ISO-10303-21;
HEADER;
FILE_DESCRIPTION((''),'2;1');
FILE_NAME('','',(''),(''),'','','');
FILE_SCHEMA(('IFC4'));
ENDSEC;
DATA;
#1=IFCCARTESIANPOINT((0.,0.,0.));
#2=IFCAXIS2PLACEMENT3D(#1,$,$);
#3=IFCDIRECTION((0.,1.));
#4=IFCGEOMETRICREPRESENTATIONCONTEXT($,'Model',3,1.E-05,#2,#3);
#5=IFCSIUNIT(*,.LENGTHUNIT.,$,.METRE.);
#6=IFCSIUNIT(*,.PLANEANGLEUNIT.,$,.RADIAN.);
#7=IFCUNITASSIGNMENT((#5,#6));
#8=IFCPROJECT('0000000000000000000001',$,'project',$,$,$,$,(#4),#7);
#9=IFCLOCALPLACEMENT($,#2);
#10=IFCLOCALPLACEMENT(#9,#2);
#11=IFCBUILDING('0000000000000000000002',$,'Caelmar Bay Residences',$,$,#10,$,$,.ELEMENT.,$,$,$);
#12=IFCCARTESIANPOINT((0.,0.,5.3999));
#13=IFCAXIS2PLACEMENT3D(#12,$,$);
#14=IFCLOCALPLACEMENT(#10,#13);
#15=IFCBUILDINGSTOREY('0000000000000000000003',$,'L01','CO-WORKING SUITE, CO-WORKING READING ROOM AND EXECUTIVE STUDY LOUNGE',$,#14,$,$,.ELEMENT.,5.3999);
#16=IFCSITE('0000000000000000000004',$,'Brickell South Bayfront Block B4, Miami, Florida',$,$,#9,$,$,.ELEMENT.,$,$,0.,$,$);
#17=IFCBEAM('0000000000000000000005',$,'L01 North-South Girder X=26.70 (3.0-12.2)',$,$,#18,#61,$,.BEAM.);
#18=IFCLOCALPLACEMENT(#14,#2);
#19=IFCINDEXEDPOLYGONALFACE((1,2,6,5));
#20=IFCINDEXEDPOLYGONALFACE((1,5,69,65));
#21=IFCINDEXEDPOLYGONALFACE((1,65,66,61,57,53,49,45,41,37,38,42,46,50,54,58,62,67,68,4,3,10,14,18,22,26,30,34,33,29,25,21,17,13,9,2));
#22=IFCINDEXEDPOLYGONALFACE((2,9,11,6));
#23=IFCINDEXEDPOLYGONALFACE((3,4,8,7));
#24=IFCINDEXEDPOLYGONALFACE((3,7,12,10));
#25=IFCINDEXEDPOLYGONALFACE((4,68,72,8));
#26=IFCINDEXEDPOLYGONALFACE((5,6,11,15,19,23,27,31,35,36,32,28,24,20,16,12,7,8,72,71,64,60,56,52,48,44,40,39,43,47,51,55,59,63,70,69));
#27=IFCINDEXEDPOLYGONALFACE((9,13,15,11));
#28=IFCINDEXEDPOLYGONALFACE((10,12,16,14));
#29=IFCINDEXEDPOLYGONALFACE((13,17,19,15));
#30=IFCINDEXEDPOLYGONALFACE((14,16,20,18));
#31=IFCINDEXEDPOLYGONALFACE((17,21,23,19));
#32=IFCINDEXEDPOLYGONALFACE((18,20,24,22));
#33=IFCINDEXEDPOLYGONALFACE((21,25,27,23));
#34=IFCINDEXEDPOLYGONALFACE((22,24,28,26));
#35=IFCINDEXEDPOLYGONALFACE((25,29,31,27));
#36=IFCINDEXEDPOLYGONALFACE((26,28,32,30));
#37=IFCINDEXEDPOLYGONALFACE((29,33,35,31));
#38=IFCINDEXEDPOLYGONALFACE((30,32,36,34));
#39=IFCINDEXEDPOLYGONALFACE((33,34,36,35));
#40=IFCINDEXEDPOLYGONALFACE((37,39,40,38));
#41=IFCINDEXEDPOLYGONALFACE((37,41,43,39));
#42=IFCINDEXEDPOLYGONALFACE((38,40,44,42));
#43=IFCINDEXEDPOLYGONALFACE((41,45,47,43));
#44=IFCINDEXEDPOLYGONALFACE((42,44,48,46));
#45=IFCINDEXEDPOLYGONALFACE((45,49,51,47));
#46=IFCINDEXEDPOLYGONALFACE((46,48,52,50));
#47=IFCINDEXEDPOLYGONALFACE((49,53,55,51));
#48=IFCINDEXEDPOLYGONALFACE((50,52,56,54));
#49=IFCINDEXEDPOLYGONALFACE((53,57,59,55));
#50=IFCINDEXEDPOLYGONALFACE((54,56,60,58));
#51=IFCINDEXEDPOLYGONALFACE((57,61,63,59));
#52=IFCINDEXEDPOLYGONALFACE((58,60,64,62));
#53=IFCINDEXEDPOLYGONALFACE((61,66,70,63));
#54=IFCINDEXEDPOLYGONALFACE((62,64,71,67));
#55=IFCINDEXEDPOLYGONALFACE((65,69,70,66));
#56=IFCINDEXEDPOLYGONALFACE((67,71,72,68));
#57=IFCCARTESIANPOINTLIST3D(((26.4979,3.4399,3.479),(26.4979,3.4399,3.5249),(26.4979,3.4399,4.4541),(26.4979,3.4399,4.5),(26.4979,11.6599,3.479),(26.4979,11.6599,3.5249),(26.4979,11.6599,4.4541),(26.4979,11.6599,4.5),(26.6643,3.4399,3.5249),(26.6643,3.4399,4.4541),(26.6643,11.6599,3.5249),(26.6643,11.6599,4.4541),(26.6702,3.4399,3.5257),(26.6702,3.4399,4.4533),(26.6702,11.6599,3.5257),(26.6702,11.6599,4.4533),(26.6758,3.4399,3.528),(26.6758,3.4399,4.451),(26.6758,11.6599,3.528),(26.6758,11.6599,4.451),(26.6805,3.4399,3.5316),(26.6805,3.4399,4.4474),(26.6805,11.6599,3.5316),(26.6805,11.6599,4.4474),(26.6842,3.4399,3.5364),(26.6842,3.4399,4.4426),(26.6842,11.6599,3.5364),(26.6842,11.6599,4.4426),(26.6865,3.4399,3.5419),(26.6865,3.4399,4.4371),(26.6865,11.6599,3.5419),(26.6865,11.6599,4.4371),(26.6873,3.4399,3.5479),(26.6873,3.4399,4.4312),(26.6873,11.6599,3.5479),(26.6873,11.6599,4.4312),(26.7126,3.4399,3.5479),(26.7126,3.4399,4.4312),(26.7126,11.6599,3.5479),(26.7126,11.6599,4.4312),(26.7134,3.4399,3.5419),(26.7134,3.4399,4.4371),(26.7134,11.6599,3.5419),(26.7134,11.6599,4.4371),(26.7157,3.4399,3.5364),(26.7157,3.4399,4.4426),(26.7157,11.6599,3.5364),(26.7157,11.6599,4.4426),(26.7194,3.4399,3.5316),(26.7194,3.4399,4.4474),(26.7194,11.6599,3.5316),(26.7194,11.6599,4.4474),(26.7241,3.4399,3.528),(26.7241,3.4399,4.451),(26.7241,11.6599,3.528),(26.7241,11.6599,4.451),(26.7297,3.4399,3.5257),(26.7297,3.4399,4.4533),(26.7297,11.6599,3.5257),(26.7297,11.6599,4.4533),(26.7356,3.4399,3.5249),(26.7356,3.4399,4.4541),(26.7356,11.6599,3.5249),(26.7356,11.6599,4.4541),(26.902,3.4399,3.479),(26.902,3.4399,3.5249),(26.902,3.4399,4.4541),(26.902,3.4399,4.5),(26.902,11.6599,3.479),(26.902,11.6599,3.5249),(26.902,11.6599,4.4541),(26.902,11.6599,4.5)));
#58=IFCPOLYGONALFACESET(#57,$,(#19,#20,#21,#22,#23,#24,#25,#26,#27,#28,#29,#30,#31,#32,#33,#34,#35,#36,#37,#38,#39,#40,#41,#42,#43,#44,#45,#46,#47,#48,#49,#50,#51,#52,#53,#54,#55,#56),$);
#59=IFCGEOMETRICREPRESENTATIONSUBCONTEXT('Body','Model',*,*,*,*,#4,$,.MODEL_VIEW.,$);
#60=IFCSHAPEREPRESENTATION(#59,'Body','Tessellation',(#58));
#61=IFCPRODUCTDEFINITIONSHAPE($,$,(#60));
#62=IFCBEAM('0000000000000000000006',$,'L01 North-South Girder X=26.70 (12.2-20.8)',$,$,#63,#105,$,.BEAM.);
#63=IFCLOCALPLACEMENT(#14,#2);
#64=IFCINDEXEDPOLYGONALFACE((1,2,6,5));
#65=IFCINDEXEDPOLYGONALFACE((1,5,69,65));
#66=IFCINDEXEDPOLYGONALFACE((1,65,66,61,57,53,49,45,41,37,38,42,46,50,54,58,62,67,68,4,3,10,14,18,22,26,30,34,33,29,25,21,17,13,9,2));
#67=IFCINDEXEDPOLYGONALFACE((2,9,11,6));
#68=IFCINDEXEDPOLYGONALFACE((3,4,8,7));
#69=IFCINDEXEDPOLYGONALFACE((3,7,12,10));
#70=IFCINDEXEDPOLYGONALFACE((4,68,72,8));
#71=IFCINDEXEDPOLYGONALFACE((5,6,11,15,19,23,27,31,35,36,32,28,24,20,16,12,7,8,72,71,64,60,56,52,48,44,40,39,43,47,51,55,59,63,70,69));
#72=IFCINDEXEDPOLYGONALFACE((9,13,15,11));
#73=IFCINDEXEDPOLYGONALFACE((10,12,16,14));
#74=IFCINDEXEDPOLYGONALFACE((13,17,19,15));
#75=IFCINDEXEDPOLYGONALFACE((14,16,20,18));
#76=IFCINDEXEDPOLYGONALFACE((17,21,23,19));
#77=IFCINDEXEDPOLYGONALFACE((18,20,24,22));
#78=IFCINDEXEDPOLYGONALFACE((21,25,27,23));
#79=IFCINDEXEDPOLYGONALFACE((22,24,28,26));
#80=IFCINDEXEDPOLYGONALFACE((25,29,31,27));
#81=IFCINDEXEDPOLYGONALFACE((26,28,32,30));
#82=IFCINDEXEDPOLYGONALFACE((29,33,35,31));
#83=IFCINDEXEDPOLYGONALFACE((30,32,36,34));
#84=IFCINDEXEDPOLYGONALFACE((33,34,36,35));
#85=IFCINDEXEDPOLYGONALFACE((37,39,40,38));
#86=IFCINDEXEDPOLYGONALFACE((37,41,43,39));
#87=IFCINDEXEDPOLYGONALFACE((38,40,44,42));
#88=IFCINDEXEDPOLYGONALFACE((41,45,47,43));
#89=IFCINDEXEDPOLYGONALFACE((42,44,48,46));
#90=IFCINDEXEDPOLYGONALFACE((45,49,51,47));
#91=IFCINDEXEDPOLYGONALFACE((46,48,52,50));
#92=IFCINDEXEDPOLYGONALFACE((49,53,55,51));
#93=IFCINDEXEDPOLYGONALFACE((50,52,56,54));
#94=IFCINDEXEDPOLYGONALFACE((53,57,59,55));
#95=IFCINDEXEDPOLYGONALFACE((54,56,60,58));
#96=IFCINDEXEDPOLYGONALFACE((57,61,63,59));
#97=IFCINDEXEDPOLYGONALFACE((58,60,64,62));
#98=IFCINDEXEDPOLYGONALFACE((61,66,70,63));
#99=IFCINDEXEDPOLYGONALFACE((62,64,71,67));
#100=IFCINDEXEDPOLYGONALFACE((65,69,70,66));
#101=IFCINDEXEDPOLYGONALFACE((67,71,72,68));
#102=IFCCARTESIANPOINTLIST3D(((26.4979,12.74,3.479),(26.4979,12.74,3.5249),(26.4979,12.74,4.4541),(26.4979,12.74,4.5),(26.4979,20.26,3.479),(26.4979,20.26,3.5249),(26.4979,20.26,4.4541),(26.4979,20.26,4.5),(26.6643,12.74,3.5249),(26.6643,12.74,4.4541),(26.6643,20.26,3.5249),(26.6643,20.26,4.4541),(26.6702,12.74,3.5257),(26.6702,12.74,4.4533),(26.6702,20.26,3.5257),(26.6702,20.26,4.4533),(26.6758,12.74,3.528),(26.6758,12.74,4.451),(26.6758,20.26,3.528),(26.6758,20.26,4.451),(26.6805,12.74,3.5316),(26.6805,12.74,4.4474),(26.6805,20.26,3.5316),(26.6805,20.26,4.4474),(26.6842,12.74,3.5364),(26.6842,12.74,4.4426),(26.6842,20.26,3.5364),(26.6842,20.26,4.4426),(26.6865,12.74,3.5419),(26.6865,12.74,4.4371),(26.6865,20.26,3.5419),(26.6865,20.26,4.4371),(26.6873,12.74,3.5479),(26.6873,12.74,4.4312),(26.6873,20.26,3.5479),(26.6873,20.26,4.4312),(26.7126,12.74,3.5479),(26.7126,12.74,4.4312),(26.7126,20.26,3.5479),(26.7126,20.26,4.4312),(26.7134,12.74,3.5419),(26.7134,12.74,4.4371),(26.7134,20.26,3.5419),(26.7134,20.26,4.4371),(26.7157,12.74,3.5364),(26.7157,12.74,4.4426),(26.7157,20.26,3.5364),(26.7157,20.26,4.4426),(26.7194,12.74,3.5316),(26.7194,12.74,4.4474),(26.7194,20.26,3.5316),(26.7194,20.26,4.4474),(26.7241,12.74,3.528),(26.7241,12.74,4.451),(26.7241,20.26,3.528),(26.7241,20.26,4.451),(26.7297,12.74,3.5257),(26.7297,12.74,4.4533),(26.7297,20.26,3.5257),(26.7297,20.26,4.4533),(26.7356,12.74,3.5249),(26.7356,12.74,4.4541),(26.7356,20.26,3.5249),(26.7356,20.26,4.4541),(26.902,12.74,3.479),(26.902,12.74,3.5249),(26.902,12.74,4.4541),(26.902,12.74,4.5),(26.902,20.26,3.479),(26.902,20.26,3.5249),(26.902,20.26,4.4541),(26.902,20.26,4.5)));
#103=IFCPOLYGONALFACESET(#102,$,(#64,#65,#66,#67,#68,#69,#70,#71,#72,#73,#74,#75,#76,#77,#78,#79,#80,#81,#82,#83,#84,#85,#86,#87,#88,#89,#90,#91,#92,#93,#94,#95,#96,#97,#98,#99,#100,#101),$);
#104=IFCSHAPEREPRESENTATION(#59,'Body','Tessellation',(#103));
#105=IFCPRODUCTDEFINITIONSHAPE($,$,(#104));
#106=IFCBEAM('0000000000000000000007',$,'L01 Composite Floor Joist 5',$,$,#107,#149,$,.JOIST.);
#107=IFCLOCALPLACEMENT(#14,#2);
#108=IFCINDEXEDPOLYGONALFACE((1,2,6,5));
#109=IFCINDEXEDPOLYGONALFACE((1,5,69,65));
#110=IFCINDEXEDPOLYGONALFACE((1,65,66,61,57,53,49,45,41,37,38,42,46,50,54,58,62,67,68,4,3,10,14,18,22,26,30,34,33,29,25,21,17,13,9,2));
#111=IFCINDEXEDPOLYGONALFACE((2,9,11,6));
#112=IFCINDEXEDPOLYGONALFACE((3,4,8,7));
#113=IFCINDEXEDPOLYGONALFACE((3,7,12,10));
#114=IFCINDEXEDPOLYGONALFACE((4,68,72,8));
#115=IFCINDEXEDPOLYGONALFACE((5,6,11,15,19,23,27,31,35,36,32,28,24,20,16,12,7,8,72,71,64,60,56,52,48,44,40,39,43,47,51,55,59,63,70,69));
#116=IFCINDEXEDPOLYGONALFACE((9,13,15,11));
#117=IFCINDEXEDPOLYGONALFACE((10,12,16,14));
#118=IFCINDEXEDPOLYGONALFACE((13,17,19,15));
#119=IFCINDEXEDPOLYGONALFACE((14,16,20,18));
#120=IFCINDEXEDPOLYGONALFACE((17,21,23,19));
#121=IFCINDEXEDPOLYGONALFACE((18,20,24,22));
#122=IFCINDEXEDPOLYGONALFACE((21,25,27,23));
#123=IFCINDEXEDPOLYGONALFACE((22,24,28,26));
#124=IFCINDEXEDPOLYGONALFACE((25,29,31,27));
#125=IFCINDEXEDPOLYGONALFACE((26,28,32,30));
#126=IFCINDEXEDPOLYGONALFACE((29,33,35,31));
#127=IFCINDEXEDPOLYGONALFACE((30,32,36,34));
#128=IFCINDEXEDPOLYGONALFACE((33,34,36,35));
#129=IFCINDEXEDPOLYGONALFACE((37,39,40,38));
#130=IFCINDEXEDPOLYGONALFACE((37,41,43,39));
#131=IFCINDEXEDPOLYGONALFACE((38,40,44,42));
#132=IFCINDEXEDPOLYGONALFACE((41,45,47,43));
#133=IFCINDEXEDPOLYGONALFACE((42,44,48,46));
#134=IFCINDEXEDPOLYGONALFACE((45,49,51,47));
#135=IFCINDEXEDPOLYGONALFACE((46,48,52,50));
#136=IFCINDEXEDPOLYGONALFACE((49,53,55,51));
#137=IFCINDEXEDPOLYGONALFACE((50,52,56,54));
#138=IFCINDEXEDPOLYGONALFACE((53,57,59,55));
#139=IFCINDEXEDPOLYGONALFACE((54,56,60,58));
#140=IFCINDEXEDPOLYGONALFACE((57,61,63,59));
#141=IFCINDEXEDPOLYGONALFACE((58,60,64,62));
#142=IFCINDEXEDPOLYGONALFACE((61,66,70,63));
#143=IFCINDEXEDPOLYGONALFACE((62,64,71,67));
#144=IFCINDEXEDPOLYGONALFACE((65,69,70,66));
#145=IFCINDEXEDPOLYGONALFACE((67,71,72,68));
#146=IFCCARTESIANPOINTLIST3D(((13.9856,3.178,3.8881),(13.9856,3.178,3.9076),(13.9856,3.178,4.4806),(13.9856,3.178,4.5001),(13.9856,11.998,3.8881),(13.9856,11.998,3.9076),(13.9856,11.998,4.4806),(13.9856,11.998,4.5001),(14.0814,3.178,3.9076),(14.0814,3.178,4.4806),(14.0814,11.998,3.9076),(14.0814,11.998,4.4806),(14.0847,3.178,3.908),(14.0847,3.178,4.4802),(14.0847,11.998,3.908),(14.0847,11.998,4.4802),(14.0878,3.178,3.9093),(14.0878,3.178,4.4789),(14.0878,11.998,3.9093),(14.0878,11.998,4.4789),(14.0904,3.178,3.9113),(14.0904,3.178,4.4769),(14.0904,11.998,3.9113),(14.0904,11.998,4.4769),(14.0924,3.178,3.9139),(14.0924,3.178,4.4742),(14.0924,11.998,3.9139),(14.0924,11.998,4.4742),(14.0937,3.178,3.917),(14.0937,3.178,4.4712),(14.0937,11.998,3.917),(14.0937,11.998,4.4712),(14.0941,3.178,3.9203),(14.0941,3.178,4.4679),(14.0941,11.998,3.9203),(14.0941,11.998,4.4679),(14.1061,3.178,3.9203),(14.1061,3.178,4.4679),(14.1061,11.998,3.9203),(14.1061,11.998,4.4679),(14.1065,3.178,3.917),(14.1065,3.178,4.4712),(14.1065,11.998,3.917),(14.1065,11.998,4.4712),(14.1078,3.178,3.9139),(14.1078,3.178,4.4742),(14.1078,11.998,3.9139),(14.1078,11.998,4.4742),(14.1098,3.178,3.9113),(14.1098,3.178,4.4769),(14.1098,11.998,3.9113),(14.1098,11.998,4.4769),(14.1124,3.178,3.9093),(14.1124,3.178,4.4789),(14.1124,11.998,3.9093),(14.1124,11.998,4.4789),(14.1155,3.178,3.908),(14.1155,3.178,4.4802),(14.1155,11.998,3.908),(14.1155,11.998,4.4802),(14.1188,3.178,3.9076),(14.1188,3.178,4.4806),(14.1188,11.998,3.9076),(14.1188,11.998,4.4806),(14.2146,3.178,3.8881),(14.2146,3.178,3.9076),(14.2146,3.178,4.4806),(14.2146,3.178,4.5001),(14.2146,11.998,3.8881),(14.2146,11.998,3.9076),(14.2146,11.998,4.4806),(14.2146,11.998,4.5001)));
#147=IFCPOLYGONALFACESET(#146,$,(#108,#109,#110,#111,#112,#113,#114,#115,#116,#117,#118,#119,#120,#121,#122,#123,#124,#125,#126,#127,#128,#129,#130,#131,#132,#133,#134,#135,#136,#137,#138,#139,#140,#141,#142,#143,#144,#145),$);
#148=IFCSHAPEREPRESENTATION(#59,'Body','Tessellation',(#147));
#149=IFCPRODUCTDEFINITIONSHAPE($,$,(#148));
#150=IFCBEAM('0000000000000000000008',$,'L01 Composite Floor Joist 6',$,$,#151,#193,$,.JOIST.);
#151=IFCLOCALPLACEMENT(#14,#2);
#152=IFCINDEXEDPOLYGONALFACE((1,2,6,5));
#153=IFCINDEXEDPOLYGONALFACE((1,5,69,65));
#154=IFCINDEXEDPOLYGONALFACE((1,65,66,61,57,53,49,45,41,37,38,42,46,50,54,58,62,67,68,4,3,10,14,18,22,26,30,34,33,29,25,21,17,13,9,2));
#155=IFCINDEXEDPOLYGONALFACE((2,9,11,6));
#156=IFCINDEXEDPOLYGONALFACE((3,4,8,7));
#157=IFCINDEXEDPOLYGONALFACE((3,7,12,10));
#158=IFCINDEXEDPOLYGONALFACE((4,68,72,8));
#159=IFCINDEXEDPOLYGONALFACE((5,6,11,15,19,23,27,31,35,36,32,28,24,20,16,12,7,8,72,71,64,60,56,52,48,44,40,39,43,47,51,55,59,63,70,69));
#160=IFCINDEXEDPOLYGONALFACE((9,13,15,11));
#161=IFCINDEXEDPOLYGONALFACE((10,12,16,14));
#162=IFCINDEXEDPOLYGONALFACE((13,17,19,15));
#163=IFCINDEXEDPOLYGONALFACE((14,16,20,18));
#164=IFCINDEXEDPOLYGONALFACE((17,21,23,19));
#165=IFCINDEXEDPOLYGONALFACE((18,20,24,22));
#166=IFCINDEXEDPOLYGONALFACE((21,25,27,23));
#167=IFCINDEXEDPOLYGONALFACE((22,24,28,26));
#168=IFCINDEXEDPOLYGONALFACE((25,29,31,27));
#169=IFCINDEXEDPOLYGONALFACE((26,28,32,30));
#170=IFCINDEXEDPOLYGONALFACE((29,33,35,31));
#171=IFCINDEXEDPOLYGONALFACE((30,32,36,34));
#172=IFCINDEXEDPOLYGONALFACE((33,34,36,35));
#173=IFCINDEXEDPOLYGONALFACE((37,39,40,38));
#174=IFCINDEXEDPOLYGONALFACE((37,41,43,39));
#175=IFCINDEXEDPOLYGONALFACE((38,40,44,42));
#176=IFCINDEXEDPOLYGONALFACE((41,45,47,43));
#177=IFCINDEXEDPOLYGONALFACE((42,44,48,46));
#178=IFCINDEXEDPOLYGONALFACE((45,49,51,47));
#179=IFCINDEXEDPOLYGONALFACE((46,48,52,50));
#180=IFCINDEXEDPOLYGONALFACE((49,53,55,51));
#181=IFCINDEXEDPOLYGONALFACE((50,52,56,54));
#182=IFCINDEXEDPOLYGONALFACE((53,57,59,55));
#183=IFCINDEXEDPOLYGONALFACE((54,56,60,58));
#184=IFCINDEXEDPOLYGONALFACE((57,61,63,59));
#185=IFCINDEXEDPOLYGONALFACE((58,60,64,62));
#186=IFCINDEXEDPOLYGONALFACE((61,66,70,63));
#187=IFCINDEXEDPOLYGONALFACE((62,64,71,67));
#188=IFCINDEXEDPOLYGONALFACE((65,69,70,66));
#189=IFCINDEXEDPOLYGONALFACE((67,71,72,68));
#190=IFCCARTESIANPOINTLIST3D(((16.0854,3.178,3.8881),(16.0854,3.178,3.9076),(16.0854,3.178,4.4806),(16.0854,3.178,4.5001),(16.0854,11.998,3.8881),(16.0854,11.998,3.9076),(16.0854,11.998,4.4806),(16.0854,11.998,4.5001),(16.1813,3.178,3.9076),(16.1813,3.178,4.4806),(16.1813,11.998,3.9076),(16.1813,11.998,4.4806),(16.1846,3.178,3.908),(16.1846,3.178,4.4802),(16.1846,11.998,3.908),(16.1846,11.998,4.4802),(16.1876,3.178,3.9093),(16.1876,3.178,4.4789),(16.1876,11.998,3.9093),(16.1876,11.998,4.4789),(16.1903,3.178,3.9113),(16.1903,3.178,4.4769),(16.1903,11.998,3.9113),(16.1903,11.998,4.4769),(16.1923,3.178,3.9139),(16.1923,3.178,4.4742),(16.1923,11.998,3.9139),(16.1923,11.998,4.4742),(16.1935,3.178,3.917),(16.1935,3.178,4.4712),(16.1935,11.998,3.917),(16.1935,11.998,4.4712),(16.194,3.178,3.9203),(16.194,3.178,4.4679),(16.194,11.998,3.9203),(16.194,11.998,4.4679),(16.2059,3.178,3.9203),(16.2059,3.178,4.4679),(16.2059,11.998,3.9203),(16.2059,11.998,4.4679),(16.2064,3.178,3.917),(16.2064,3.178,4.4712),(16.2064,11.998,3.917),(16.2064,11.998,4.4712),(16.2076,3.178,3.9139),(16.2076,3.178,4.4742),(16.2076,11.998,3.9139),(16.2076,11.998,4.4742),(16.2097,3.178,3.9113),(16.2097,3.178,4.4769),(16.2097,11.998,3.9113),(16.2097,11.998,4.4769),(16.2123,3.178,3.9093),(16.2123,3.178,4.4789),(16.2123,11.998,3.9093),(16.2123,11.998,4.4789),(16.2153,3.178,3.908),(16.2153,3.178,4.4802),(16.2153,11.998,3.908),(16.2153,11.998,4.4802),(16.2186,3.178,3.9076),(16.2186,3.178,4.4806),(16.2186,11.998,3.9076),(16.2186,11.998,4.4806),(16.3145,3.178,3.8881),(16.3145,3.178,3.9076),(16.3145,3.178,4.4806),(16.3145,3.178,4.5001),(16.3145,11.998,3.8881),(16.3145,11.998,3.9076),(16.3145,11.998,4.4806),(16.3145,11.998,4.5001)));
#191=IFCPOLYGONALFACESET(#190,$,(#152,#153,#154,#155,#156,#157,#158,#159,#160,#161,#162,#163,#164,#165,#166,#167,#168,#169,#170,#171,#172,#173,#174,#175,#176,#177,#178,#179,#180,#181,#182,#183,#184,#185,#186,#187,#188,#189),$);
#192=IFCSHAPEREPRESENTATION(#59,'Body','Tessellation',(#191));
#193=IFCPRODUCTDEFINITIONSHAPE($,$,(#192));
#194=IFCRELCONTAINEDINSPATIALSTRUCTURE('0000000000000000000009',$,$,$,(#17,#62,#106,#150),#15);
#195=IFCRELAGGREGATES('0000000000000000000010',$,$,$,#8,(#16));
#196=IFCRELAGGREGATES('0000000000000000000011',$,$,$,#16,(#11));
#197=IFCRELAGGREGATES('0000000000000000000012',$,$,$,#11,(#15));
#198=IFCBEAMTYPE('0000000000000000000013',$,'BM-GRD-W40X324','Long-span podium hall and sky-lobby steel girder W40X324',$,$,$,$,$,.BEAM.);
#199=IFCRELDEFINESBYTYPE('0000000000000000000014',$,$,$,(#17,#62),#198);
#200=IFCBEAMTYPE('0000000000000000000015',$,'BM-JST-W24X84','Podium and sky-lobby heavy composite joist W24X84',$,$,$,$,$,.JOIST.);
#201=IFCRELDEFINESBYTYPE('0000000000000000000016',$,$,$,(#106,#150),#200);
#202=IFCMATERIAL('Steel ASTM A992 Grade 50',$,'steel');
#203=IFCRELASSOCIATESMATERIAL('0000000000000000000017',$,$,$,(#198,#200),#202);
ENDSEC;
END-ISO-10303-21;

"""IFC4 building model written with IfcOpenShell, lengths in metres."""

from ifc_helpers import new_model, si_unit, direction, frame, origin, origin_2d, place, context, subcontext, project, spatial, i_section, extrude, material, material_profile, profile_set, type_object, element, save


model = new_model("IFC4")

# Units and contexts
model_context = context("Model", 3, precision=1e-05, world=origin(), true_north=direction((0.0, 1.0)))
body_context = subcontext(model_context, "Body", "Model", "MODEL_VIEW")
ifc_project = project(units=[si_unit("LENGTHUNIT", "METRE"), si_unit("PLANEANGLEUNIT", "RADIAN")], contexts=[model_context])

# Site, building, storey
site_placement = place(None, origin())
site = spatial("IfcSite", under=ifc_project, at=site_placement, Name="Brickell South Bayfront Block B4, Miami, Florida", CompositionType="ELEMENT", RefElevation=0.0)
building_placement = place(site_placement, origin())
building = spatial("IfcBuilding", under=site, at=building_placement, Name="Caelmar Bay Residences", CompositionType="ELEMENT")
storey_placement = place(building_placement, frame((0.0, 0.0, 5.3999)))
storey = spatial("IfcBuildingStorey", under=building, at=storey_placement, Name="L01", Description="CO-WORKING SUITE, CO-WORKING READING ROOM AND EXECUTIVE STUDY LOUNGE", CompositionType="ELEMENT", Elevation=5.3999)

# Beams
ifc_material_1 = material(Name="Steel ASTM A992 Grade 50", Category="steel")
ifc_material_profile_1 = material_profile(ifc_material_1, i_section(OverallWidth=0.4041, OverallDepth=1.021, WebThickness=0.0254, FlangeThickness=0.0459, FilletRadius=0.0229, at=origin_2d()), Name="W40X324")
ifc_profile_set_1 = profile_set([ifc_material_profile_1], Name="Steel ASTM A992 Grade 50")
beam_type_1 = type_object("IfcBeamType", Name="BM-GRD-W40X324", Description="Long-span podium hall and sky-lobby steel girder W40X324", PredefinedType="BEAM", material=ifc_profile_set_1)
beam_1_placement = place(storey_placement, frame((26.7, 3.4399, 3.9895), z_axis=(0.0, 1.0, 0.0), x_axis=(-1.0, 0.0, 0.0)))
element("IfcBeam", 1, at=beam_1_placement, inside=storey, type_object=beam_type_1, Name="L01 North-South Girder X=26.70 (3.0-12.2)", PredefinedType="BEAM", context=body_context, shape_type="SweptSolid", body=[
    extrude(i_section(OverallWidth=0.4041, OverallDepth=1.021, WebThickness=0.0254, FlangeThickness=0.0459, FilletRadius=0.0229, at=origin_2d()), origin(), (0.0, 0.0, 1.0), 8.22),
])
beam_2_placement = place(storey_placement, frame((26.7, 12.74, 3.9895), z_axis=(0.0, 1.0, 0.0), x_axis=(-1.0, 0.0, 0.0)))
element("IfcBeam", 2, at=beam_2_placement, inside=storey, type_object=beam_type_1, Name="L01 North-South Girder X=26.70 (12.2-20.8)", PredefinedType="BEAM", context=body_context, shape_type="SweptSolid", body=[
    extrude(i_section(OverallWidth=0.4041, OverallDepth=1.021, WebThickness=0.0254, FlangeThickness=0.0459, FilletRadius=0.0229, at=origin_2d()), origin(), (0.0, 0.0, 1.0), 7.52),
])
ifc_material_profile_2 = material_profile(ifc_material_1, i_section(OverallWidth=0.229, OverallDepth=0.6121, WebThickness=0.012, FlangeThickness=0.0195, FilletRadius=0.0127, at=origin_2d()), Name="W24X84")
ifc_profile_set_2 = profile_set([ifc_material_profile_2], Name="Steel ASTM A992 Grade 50")
beam_type_2 = type_object("IfcBeamType", Name="BM-JST-W24X84", Description="Podium and sky-lobby heavy composite joist W24X84", PredefinedType="JOIST", material=ifc_profile_set_2)
for number, where, z_axis, x_axis, name in (
    (3, (14.1001, 3.178, 4.1941), (0.0, 1.0, 0.0), (-1.0, 0.0, 0.0), "L01 Composite Floor Joist 5"),
    (4, (16.2, 3.178, 4.1941), (0.0, 1.0, 0.0), (-1.0, 0.0, 0.0), "L01 Composite Floor Joist 6"),
):
    element("IfcBeam", number, at=place(storey_placement, frame(where, z_axis=z_axis, x_axis=x_axis)), inside=storey, type_object=beam_type_2, Name=name, PredefinedType="JOIST", context=body_context, shape_type="SweptSolid", body=[
        extrude(i_section(OverallWidth=0.229, OverallDepth=0.6121, WebThickness=0.012, FlangeThickness=0.0195, FilletRadius=0.0127, at=origin_2d()), origin(), (0.0, 0.0, 1.0), 8.8201),
    ])

save(model, "model.ifc")
